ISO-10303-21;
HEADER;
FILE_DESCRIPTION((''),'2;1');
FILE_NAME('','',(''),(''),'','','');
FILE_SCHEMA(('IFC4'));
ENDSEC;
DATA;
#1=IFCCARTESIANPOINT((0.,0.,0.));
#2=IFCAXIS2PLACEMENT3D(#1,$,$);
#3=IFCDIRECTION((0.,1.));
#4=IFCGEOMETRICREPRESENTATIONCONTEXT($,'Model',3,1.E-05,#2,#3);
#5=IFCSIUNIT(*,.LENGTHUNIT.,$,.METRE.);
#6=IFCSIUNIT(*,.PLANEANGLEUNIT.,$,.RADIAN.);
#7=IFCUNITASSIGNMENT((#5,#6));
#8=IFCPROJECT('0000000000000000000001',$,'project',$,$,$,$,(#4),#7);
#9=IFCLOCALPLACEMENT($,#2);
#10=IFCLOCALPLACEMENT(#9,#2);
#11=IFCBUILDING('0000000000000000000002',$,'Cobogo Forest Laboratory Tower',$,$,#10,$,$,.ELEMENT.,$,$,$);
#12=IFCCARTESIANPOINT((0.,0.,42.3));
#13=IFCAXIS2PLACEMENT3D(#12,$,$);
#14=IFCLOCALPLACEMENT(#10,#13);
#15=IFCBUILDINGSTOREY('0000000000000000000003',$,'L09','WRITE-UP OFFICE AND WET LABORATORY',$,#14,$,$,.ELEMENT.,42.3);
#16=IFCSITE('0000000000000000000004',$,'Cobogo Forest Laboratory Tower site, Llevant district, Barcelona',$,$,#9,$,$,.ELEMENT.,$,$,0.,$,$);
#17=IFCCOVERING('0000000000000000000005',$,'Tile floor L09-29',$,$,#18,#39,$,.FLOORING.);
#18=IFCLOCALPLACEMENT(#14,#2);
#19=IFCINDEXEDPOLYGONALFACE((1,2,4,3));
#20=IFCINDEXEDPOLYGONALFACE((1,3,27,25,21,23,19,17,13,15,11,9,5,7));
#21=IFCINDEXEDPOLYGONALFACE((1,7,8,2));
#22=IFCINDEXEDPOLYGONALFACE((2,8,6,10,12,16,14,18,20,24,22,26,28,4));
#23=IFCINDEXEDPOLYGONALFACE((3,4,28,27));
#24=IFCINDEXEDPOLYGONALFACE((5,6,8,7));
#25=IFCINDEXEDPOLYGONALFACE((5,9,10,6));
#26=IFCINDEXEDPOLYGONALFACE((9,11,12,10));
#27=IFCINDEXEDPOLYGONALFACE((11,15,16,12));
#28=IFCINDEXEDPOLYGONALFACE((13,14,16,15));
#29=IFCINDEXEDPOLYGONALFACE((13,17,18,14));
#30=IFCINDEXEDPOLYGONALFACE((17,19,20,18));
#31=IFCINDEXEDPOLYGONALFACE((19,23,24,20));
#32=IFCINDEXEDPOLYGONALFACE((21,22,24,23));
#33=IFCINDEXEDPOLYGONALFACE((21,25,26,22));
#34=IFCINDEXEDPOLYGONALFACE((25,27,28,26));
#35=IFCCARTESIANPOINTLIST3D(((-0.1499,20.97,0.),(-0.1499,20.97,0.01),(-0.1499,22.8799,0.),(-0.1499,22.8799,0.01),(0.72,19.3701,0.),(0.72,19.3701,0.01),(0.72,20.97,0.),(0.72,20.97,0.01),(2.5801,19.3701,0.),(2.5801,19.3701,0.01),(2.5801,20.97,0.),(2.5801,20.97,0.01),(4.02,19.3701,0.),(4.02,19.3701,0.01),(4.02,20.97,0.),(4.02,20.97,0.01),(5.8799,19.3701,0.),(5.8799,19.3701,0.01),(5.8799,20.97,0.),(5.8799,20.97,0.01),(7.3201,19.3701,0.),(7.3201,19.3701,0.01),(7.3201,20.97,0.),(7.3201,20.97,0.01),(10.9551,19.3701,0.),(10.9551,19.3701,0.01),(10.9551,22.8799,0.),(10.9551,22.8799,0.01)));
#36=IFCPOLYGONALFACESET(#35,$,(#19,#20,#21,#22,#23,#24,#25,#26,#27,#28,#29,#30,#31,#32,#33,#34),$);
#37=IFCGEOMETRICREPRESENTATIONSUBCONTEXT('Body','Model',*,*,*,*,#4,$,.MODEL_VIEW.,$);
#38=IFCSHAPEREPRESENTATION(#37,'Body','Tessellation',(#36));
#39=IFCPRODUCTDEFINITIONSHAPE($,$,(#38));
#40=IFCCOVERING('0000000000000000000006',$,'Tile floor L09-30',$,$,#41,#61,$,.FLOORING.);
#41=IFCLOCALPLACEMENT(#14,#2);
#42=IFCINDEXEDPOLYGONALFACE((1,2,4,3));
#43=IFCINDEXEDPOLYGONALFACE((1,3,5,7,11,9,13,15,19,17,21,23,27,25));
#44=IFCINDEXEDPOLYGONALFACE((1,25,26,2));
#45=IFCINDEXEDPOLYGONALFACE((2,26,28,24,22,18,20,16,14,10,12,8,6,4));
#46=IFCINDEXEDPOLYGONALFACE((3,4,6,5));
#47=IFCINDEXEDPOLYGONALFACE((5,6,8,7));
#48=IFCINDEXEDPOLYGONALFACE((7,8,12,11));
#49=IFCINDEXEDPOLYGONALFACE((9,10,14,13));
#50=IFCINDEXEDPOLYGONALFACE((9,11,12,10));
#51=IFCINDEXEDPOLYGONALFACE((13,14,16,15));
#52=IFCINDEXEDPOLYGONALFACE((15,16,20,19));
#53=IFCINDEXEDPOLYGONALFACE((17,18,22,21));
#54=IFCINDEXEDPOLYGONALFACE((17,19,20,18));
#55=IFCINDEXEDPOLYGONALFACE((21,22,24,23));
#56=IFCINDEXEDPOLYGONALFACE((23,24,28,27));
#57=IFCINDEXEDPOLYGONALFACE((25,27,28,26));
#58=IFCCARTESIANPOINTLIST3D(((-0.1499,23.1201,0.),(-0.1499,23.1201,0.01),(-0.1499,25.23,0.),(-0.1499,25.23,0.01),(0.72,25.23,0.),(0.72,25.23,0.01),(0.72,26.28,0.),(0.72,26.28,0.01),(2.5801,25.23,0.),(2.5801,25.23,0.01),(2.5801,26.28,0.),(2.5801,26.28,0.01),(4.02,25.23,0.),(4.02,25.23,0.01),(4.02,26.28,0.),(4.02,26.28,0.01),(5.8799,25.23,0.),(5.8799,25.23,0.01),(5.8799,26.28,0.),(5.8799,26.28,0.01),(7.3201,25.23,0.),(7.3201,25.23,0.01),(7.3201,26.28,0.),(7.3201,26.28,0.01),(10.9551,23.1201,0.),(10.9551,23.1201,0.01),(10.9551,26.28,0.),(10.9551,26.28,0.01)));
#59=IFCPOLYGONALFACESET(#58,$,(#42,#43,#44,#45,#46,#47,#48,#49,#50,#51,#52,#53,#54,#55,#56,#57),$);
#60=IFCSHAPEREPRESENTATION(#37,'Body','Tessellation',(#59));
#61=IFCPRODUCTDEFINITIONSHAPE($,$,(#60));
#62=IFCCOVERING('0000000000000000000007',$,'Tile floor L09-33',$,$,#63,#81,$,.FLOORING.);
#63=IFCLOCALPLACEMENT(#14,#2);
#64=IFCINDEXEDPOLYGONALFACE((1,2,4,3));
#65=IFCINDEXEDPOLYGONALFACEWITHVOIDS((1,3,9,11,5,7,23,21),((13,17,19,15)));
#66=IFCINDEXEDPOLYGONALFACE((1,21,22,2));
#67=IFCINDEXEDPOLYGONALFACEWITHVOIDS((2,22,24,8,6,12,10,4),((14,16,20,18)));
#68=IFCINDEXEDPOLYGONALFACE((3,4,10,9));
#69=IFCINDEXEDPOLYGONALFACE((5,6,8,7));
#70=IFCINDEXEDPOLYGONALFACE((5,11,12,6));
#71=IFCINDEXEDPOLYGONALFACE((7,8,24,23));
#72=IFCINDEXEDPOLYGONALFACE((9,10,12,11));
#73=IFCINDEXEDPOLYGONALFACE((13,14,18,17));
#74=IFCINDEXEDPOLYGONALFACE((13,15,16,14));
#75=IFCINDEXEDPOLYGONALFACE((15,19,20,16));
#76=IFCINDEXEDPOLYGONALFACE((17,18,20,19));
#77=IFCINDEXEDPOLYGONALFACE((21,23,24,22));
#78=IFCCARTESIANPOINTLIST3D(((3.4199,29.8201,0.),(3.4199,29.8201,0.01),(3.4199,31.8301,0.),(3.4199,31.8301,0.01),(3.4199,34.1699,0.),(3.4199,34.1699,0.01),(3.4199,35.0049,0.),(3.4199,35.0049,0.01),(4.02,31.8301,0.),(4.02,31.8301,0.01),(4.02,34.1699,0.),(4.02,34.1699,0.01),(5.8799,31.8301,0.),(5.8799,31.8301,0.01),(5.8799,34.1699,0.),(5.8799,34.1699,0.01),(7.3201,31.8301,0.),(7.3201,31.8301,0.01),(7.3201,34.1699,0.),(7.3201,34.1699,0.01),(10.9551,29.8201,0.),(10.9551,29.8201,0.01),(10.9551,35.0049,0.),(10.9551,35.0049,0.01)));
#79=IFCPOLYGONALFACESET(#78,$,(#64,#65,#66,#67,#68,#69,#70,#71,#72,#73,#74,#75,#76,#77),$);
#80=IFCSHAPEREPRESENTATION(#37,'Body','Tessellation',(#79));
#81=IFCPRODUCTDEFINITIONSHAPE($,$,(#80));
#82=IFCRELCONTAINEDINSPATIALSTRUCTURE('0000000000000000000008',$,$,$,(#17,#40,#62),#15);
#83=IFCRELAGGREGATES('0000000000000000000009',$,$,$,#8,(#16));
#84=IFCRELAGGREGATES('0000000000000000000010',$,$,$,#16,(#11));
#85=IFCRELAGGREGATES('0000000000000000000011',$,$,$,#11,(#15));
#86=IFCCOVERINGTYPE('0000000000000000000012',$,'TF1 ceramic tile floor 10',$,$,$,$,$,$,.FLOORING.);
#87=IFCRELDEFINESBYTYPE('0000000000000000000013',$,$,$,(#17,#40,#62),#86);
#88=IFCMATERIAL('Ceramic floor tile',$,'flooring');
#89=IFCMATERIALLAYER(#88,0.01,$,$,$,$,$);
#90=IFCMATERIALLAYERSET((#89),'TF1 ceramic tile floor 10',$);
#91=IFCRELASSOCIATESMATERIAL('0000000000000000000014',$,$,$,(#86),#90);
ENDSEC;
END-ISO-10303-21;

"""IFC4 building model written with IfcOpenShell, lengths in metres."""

from ifc_helpers import new_model, si_unit, direction, frame, origin, place, context, subcontext, project, spatial, polyline, outline, extrude, material, layer, layer_set, type_object, element, save


model = new_model("IFC4")

# Units and contexts
model_context = context("Model", 3, precision=1e-05, world=origin(), true_north=direction((0.0, 1.0)))
body_context = subcontext(model_context, "Body", "Model", "MODEL_VIEW")
ifc_project = project(units=[si_unit("LENGTHUNIT", "METRE"), si_unit("PLANEANGLEUNIT", "RADIAN")], contexts=[model_context])

# Site, building, storey
site_placement = place(None, origin())
site = spatial("IfcSite", under=ifc_project, at=site_placement, Name="Cobogo Forest Laboratory Tower site, Llevant district, Barcelona", CompositionType="ELEMENT", RefElevation=0.0)
building_placement = place(site_placement, origin())
building = spatial("IfcBuilding", under=site, at=building_placement, Name="Cobogo Forest Laboratory Tower", CompositionType="ELEMENT")
storey_placement = place(building_placement, frame((0.0, 0.0, 42.3)))
storey = spatial("IfcBuildingStorey", under=building, at=storey_placement, Name="L09", Description="WRITE-UP OFFICE AND WET LABORATORY", CompositionType="ELEMENT", Elevation=42.3)

# Coverings
ifc_material_1 = material(Name="Ceramic floor tile", Category="flooring")
ifc_layer_1 = layer(ifc_material_1, 0.01)
ifc_layer_set_1 = layer_set([ifc_layer_1], Name="TF1 ceramic tile floor 10")
covering_type_1 = type_object("IfcCoveringType", Name="TF1 ceramic tile floor 10", PredefinedType="FLOORING", material=ifc_layer_set_1)
covering_1_placement = place(storey_placement, origin())
element("IfcCovering", 1, at=covering_1_placement, inside=storey, type_object=covering_type_1, Name="Tile floor L09-29", PredefinedType="FLOORING", context=body_context, shape_type="SweptSolid", body=[
    extrude(outline(polyline([(10.9551, 19.3701), (7.3201, 19.3701), (7.3201, 20.97), (5.8799, 20.97), (5.8799, 19.3701), (4.02, 19.3701), (4.02, 20.97), (2.5801, 20.97), (2.5801, 19.3701), (0.72, 19.3701), (0.72, 20.97), (-0.1499, 20.97), (-0.1499, 22.8799), (10.9551, 22.8799), (10.9551, 19.3701)])), origin(), (0.0, 0.0, 1.0), 0.01),
])
covering_2_placement = place(storey_placement, origin())
element("IfcCovering", 2, at=covering_2_placement, inside=storey, type_object=covering_type_1, Name="Tile floor L09-30", PredefinedType="FLOORING", context=body_context, shape_type="SweptSolid", body=[
    extrude(outline(polyline([(10.9551, 23.1201), (-0.1499, 23.1201), (-0.1499, 25.23), (0.72, 25.23), (0.72, 26.28), (2.5801, 26.28), (2.5801, 25.23), (4.02, 25.23), (4.02, 26.28), (5.8799, 26.28), (5.8799, 25.23), (7.3201, 25.23), (7.3201, 26.28), (10.9551, 26.28), (10.9551, 23.1201)])), origin(), (0.0, 0.0, 1.0), 0.01),
])
covering_3_placement = place(storey_placement, origin())
element("IfcCovering", 3, at=covering_3_placement, inside=storey, type_object=covering_type_1, Name="Tile floor L09-33", PredefinedType="FLOORING", context=body_context, shape_type="SweptSolid", body=[
    extrude(outline(polyline([(3.4199, 31.8301), (4.02, 31.8301), (4.02, 34.1699), (3.4199, 34.1699), (3.4199, 35.0049), (10.9551, 35.0049), (10.9551, 29.8201), (3.4199, 29.8201), (3.4199, 31.8301)]), holes=[polyline([(5.8799, 31.8301), (7.3201, 31.8301), (7.3201, 34.1699), (5.8799, 34.1699), (5.8799, 31.8301)])]), origin(), (0.0, 0.0, 1.0), 0.01),
])

save(model, "model.ifc")
